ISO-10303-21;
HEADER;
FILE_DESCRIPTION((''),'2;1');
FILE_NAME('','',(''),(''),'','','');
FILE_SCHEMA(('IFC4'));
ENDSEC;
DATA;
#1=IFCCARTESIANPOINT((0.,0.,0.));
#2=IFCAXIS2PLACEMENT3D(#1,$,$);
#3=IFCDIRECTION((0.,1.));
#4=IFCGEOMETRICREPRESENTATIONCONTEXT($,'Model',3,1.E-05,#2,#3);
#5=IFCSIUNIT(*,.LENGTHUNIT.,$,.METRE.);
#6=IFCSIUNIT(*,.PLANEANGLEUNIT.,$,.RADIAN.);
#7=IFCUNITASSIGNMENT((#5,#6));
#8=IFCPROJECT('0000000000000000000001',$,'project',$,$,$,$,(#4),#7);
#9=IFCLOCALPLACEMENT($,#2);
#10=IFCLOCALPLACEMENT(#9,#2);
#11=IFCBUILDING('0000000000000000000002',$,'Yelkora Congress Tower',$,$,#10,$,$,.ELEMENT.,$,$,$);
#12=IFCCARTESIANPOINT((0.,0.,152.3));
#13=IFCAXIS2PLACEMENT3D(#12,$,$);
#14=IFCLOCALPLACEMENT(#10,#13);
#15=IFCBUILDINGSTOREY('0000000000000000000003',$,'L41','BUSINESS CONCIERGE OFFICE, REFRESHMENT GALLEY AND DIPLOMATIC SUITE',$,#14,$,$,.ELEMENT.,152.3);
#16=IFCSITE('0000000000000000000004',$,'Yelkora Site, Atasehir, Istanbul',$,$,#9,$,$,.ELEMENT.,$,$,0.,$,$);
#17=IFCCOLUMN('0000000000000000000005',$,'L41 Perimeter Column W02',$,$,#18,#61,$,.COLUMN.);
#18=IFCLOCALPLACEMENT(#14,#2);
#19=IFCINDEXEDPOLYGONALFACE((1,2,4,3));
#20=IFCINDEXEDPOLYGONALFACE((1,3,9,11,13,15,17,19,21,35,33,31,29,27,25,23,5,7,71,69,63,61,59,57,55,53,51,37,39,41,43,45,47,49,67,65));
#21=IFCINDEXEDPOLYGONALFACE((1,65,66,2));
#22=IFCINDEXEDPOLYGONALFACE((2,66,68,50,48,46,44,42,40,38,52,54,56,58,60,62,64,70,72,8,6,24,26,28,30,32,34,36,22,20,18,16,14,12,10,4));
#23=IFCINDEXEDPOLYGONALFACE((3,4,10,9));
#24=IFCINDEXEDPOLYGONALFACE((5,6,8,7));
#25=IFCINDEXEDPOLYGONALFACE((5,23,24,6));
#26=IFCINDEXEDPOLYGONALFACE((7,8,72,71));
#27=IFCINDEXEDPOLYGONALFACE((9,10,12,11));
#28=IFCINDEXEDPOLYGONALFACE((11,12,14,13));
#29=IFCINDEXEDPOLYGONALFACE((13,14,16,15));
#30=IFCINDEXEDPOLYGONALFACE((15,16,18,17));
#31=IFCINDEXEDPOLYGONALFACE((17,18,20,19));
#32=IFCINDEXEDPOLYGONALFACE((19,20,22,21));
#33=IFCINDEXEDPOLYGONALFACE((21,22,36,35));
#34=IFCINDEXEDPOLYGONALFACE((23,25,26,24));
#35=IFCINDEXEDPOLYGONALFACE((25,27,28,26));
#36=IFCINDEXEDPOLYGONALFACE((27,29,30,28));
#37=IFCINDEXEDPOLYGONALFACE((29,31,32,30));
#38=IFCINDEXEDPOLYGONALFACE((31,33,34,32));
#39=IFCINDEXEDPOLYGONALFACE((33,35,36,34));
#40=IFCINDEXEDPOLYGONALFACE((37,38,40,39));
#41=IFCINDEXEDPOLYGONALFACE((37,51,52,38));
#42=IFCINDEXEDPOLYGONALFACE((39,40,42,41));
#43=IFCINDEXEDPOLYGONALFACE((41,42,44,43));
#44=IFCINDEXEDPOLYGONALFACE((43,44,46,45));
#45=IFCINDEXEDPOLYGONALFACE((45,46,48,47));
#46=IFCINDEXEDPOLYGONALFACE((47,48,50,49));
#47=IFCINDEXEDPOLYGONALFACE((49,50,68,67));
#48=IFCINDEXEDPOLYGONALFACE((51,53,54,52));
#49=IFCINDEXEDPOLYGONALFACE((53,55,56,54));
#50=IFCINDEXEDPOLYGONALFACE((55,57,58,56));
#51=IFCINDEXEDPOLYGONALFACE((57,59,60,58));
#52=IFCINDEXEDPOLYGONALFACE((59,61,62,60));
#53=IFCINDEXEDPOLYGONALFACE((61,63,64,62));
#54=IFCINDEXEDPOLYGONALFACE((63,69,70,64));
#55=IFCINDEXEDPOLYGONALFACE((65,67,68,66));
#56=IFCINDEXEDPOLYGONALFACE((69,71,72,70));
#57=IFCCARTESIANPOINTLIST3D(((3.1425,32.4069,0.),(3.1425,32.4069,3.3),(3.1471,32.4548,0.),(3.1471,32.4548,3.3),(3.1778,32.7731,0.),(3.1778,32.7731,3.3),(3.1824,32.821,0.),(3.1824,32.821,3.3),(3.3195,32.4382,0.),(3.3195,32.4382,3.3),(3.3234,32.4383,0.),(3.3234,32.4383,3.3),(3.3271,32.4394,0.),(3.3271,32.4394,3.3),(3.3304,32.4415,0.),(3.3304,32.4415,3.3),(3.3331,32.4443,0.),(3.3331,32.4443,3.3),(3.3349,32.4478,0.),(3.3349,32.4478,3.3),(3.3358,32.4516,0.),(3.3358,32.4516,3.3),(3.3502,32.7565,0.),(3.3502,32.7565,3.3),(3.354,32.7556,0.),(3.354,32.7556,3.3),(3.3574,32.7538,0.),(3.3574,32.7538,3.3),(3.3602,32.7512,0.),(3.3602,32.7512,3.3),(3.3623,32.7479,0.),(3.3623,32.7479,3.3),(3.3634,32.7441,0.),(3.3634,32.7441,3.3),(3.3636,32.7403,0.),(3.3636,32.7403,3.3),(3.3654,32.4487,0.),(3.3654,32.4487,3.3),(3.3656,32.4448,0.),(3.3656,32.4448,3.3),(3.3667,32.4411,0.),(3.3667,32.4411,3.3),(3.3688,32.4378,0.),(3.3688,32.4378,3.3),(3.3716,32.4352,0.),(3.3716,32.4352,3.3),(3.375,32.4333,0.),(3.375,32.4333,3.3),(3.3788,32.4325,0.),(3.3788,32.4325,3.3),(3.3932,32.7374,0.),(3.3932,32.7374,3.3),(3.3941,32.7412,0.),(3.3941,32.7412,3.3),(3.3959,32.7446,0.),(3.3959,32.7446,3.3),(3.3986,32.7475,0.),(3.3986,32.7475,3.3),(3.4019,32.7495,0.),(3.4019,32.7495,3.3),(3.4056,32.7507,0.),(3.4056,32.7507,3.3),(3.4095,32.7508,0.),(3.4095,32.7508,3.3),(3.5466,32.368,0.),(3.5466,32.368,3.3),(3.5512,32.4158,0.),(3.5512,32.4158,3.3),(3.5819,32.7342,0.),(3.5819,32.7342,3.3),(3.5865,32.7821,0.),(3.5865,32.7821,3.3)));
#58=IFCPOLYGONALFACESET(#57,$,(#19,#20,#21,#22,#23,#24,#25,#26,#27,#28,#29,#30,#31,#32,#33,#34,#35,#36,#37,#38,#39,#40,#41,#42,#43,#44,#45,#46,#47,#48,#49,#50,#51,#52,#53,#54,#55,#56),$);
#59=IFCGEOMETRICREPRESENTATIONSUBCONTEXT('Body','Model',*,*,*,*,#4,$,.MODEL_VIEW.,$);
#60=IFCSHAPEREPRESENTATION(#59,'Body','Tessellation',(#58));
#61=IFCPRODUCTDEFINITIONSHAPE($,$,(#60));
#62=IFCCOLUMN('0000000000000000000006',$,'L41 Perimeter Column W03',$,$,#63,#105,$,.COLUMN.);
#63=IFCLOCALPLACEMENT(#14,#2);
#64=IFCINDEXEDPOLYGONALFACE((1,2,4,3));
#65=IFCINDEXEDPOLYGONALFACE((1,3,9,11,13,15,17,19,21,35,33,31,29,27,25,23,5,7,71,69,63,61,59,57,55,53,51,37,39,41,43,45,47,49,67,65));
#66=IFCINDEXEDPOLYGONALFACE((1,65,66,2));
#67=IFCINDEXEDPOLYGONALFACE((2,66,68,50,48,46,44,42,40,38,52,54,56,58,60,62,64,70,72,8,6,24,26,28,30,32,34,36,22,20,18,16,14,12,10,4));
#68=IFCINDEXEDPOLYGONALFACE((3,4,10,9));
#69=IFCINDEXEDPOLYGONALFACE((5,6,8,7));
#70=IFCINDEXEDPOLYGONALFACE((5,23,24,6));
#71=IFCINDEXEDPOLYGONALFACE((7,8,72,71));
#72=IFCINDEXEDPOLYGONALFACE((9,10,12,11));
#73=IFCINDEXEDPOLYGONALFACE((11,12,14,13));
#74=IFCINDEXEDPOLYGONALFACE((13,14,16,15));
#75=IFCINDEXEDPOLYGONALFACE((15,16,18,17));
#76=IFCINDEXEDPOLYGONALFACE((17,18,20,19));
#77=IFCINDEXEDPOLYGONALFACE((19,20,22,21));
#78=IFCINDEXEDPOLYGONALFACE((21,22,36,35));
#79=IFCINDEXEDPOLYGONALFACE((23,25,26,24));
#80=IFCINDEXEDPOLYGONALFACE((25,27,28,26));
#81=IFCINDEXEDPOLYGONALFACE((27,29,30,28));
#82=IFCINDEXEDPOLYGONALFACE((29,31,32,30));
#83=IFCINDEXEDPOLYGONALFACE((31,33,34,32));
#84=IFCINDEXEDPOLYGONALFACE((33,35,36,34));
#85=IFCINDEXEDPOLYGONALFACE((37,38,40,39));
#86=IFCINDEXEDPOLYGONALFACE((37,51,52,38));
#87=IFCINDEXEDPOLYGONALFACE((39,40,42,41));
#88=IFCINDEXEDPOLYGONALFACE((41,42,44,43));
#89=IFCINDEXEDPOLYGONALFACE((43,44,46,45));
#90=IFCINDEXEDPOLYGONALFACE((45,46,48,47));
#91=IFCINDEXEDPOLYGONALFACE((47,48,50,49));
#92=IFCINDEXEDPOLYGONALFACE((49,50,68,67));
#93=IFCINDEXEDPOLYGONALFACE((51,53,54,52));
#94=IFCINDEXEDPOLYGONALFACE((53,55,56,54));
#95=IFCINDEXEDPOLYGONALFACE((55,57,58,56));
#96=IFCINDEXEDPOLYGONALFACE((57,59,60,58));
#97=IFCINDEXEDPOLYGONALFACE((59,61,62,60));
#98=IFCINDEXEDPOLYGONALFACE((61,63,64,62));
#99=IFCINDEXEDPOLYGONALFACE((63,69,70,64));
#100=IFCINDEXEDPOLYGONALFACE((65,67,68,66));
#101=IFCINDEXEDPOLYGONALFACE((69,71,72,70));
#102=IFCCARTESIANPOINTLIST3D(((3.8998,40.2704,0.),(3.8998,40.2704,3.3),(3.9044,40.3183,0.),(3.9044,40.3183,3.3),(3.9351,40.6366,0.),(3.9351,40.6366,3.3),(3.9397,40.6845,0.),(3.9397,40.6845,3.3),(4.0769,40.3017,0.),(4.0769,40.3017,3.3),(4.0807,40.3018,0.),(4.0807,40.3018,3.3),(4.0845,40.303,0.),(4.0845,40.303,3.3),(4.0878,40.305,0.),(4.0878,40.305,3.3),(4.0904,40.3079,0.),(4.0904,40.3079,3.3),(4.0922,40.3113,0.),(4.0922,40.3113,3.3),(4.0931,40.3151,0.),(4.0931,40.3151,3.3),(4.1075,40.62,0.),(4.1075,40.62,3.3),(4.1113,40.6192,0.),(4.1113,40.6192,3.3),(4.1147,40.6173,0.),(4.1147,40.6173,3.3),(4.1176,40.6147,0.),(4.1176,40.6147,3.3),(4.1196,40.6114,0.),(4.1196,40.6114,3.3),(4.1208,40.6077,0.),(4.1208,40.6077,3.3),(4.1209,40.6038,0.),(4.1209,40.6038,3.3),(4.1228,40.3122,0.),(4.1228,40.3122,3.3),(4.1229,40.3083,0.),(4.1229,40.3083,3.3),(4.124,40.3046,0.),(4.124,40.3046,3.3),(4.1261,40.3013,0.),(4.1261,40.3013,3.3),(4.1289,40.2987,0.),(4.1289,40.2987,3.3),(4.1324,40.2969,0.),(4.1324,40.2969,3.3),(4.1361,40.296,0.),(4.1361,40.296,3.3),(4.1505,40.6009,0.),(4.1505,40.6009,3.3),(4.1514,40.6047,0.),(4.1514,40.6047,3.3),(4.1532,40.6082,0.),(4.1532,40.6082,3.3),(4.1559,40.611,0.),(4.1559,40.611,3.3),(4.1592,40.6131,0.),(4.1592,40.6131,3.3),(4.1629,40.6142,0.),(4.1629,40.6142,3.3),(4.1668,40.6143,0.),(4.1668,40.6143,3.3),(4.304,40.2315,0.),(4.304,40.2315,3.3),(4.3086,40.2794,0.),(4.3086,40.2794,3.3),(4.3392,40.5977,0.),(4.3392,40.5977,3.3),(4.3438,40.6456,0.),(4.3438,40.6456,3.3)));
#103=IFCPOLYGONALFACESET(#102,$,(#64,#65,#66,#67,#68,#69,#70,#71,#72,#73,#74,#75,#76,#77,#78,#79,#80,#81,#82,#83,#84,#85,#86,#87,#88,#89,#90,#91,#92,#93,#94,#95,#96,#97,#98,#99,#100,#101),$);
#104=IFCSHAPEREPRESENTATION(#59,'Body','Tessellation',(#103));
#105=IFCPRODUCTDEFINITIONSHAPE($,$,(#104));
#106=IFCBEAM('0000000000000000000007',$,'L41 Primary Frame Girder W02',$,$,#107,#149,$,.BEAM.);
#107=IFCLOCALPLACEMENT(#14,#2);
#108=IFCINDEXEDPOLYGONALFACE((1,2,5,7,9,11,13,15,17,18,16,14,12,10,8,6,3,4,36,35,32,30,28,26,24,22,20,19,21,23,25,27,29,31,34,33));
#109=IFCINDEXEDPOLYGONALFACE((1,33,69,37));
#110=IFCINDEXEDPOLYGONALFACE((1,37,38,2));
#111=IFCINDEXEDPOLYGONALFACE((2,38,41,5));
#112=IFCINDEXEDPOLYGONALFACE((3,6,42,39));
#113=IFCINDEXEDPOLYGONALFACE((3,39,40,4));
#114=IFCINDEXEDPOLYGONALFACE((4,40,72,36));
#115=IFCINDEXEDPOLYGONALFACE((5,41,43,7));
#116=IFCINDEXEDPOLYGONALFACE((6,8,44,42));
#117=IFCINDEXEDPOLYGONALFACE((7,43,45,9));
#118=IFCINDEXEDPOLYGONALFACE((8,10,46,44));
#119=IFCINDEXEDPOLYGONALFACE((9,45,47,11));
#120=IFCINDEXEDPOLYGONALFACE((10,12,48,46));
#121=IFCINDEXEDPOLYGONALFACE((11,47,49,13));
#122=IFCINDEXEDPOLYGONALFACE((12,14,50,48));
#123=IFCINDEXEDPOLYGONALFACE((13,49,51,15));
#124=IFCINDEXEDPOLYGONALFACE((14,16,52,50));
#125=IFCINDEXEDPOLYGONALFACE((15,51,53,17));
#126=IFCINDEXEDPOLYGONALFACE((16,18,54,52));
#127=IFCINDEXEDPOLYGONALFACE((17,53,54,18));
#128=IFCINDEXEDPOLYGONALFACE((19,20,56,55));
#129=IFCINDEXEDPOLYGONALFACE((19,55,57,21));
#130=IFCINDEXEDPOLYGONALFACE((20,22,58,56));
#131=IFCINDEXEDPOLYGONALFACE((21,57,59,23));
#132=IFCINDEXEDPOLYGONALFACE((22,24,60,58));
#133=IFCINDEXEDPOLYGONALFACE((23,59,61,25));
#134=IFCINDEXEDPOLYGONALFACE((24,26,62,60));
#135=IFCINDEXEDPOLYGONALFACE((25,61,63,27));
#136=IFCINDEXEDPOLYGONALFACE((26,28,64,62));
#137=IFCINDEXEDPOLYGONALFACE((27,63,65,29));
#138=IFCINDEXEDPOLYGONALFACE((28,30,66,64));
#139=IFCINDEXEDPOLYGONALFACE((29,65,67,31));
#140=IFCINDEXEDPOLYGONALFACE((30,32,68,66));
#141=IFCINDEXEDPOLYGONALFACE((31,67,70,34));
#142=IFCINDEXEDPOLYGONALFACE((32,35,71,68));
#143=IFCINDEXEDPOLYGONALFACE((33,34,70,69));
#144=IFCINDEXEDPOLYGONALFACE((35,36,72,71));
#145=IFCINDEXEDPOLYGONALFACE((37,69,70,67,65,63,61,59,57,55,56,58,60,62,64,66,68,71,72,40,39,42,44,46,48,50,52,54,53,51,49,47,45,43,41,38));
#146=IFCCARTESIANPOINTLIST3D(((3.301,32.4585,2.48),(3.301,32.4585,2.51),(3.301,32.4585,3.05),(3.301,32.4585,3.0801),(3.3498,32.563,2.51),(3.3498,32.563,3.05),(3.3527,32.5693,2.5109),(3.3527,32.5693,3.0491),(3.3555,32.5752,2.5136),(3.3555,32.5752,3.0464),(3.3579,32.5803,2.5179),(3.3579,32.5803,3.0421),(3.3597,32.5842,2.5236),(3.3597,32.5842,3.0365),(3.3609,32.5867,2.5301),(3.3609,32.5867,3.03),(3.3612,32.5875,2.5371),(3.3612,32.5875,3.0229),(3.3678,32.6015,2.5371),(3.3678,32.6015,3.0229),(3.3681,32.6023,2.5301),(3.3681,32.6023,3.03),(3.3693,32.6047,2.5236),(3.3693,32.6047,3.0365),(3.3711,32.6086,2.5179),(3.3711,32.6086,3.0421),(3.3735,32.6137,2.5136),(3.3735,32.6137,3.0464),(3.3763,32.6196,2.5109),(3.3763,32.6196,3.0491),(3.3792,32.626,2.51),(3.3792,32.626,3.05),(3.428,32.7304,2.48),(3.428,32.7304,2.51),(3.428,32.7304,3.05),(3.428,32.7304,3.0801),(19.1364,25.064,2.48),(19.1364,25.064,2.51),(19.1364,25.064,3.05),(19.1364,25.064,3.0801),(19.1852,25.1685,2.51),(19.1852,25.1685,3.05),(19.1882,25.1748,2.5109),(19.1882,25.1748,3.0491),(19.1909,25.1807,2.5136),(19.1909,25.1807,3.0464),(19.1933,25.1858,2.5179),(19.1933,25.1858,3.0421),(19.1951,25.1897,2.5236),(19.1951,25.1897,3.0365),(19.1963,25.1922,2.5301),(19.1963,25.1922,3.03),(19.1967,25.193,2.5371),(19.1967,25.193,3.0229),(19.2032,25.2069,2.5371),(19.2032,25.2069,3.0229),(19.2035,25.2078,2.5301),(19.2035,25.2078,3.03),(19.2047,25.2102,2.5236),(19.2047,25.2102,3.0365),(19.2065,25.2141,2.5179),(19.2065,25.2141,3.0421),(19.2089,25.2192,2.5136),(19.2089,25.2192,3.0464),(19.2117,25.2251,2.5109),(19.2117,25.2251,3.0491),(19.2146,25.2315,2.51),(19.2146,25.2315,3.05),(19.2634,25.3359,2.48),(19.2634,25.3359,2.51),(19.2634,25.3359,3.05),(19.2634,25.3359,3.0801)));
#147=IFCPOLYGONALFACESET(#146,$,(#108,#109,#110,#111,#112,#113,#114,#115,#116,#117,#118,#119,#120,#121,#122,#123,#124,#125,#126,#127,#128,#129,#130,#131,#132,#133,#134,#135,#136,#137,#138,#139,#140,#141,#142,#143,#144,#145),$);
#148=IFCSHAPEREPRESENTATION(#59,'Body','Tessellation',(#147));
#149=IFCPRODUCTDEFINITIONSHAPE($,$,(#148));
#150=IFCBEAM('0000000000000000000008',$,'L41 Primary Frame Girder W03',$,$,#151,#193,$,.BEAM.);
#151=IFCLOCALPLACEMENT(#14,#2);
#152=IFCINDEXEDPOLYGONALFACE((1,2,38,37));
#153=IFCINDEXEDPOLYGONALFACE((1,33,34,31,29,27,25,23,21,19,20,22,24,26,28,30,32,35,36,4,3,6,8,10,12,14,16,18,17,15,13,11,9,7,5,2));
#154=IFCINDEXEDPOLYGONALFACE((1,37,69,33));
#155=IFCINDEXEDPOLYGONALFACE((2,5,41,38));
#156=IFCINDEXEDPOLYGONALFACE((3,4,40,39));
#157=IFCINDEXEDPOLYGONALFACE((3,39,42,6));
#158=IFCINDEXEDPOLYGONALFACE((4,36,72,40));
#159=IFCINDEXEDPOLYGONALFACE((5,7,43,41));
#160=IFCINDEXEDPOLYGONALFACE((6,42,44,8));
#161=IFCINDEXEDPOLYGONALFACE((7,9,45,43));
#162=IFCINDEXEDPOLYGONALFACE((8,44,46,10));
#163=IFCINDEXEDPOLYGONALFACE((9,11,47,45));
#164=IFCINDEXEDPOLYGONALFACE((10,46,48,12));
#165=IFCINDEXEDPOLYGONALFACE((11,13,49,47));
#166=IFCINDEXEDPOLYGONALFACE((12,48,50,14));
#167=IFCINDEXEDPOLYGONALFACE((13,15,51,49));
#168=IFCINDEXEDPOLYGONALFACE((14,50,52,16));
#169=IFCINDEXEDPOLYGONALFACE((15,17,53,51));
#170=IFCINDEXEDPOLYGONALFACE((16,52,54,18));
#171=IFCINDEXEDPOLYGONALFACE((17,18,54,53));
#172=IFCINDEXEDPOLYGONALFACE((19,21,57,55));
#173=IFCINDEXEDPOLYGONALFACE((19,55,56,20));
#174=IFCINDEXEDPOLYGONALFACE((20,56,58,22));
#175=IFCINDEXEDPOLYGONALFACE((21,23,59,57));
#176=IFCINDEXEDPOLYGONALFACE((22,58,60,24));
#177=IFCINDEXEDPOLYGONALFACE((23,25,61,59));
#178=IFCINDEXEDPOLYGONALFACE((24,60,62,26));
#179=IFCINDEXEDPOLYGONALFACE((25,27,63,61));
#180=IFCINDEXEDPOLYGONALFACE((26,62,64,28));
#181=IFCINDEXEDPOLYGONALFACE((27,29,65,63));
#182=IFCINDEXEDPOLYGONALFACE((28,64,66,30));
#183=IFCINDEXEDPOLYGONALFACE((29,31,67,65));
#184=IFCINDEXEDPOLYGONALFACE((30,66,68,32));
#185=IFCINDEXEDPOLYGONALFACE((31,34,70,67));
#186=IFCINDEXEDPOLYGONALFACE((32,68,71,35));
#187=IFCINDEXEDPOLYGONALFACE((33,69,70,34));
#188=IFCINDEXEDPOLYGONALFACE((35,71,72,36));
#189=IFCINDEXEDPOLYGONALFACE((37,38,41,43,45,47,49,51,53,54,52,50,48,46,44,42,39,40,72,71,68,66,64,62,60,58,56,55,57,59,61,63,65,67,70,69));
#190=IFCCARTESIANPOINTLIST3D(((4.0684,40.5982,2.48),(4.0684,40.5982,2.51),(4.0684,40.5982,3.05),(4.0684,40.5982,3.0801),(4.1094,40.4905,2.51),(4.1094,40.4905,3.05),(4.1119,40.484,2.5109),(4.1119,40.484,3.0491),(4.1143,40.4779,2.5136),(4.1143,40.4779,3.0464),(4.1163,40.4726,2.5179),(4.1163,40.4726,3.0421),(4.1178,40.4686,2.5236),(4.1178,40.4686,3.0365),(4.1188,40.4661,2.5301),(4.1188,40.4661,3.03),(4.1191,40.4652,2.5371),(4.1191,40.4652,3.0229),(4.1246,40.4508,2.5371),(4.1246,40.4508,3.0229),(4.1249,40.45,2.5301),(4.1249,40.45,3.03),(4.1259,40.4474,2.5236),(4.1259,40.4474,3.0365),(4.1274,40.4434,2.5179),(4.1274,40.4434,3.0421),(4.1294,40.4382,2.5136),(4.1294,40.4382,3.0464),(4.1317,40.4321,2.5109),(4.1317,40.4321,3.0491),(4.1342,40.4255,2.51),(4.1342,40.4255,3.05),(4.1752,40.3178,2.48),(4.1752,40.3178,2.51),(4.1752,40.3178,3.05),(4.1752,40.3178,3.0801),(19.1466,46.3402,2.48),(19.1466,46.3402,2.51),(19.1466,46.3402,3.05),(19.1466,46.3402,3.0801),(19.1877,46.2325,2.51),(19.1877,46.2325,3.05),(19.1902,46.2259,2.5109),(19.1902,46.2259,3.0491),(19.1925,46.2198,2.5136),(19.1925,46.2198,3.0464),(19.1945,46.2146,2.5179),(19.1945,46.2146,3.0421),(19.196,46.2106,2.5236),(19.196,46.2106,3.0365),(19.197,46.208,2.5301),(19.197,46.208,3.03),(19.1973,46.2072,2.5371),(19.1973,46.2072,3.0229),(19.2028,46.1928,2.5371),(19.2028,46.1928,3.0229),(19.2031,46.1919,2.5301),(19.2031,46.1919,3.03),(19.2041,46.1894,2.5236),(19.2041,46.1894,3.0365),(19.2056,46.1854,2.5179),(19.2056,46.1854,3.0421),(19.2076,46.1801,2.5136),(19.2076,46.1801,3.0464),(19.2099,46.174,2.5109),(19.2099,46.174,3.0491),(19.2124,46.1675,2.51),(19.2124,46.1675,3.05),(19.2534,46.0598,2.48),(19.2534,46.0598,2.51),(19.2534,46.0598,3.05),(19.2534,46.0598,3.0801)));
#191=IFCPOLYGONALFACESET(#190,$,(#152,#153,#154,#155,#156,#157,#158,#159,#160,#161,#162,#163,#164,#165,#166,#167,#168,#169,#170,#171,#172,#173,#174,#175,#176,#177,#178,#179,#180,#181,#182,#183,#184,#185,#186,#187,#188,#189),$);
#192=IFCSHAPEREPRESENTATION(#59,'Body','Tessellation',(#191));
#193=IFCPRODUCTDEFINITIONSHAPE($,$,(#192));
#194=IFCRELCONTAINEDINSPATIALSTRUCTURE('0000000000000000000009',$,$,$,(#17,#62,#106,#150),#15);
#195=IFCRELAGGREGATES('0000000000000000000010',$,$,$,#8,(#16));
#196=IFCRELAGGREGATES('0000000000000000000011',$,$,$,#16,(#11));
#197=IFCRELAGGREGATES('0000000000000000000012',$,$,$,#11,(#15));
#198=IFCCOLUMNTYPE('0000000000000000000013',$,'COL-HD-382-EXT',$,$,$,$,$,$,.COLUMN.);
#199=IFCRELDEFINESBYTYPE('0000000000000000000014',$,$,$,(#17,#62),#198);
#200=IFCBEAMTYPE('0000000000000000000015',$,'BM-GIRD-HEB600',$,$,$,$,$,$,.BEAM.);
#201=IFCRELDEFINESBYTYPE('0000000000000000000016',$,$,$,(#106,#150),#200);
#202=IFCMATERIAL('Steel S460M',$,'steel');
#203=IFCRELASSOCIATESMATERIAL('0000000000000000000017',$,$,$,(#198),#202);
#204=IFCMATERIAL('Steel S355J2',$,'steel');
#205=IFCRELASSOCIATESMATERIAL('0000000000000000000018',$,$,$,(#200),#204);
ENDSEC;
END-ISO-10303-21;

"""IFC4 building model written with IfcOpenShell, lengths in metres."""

from ifc_helpers import new_model, si_unit, direction, frame, origin, origin_2d, place, context, subcontext, project, spatial, i_section, extrude, material, material_profile, profile_set, type_object, element, save


model = new_model("IFC4")

# Units and contexts
model_context = context("Model", 3, precision=1e-05, world=origin(), true_north=direction((0.0, 1.0)))
body_context = subcontext(model_context, "Body", "Model", "MODEL_VIEW")
ifc_project = project(units=[si_unit("LENGTHUNIT", "METRE"), si_unit("PLANEANGLEUNIT", "RADIAN")], contexts=[model_context])

# Site, building, storey
site_placement = place(None, origin())
site = spatial("IfcSite", under=ifc_project, at=site_placement, Name="Yelkora Site, Atasehir, Istanbul", CompositionType="ELEMENT", RefElevation=0.0)
building_placement = place(site_placement, origin())
building = spatial("IfcBuilding", under=site, at=building_placement, Name="Yelkora Congress Tower", CompositionType="ELEMENT")
storey_placement = place(building_placement, frame((0.0, 0.0, 152.3)))
storey = spatial("IfcBuildingStorey", under=building, at=storey_placement, Name="L41", Description="BUSINESS CONCIERGE OFFICE, REFRESHMENT GALLEY AND DIPLOMATIC SUITE", CompositionType="ELEMENT", Elevation=152.3)

# Columns
ifc_material_1 = material(Name="Steel S460M", Category="steel")
ifc_material_profile_1 = material_profile(ifc_material_1, i_section(OverallWidth=0.406, OverallDepth=0.416, WebThickness=0.0298, FlangeThickness=0.0481, FilletRadius=0.0149, at=origin_2d()), Name="HD 400x382")
ifc_profile_set_1 = profile_set([ifc_material_profile_1], Name="Steel S460M")
column_type = type_object("IfcColumnType", Name="COL-HD-382-EXT", PredefinedType="COLUMN", material=ifc_profile_set_1)
for number, where, z_axis, x_axis, name in (
    (1, (3.3645, 32.5945, 0.0), (0.0, 0.0, 1.0), (0.995396, -0.095846, 0.0), "L41 Perimeter Column W02"),
    (2, (4.1218, 40.458, 0.0), (0.0, 0.0, 1.0), (0.995396, -0.095846, 0.0), "L41 Perimeter Column W03"),
):
    element("IfcColumn", number, at=place(storey_placement, frame(where, z_axis=z_axis, x_axis=x_axis)), inside=storey, type_object=column_type, Name=name, PredefinedType="COLUMN", context=body_context, shape_type="SweptSolid", body=[
        extrude(i_section(OverallWidth=0.406, OverallDepth=0.416, WebThickness=0.0298, FlangeThickness=0.0481, FilletRadius=0.0149, at=origin_2d()), origin(), (0.0, 0.0, 1.0), 3.3),
    ])

# Beams
ifc_material_2 = material(Name="Steel S355J2", Category="steel")
ifc_material_profile_2 = material_profile(ifc_material_2, i_section(OverallWidth=0.3, OverallDepth=0.6001, WebThickness=0.0154, FlangeThickness=0.03, FilletRadius=0.0271, at=origin_2d()), Name="HEB 600")
ifc_profile_set_2 = profile_set([ifc_material_profile_2], Name="Steel S355J2")
beam_type_1 = type_object("IfcBeamType", Name="BM-GIRD-HEB600", PredefinedType="BEAM", material=ifc_profile_set_2)
beam_1_placement = place(storey_placement, frame((3.3645, 32.5945, 2.78), z_axis=(0.906081, -0.423104, 0.0), x_axis=(0.423104, 0.906081, 0.0)))
element("IfcBeam", 3, at=beam_1_placement, inside=storey, type_object=beam_type_1, Name="L41 Primary Frame Girder W02", PredefinedType="BEAM", context=body_context, shape_type="SweptSolid", body=[
    extrude(i_section(OverallWidth=0.3, OverallDepth=0.6001, WebThickness=0.0154, FlangeThickness=0.03, FilletRadius=0.0271, at=origin_2d()), origin(), (0.0, 0.0, 1.0), 17.4768),
])
beam_2_placement = place(storey_placement, frame((4.1218, 40.458, 2.78), z_axis=(0.934531, 0.355881, 0.0), x_axis=(-0.355881, 0.934531, 0.0)))
element("IfcBeam", 4, at=beam_2_placement, inside=storey, type_object=beam_type_1, Name="L41 Primary Frame Girder W03", PredefinedType="BEAM", context=body_context, shape_type="SweptSolid", body=[
    extrude(i_section(OverallWidth=0.3, OverallDepth=0.6001, WebThickness=0.0154, FlangeThickness=0.03, FilletRadius=0.0271, at=origin_2d()), origin(), (0.0, 0.0, 1.0), 16.1345),
])

save(model, "model.ifc")
